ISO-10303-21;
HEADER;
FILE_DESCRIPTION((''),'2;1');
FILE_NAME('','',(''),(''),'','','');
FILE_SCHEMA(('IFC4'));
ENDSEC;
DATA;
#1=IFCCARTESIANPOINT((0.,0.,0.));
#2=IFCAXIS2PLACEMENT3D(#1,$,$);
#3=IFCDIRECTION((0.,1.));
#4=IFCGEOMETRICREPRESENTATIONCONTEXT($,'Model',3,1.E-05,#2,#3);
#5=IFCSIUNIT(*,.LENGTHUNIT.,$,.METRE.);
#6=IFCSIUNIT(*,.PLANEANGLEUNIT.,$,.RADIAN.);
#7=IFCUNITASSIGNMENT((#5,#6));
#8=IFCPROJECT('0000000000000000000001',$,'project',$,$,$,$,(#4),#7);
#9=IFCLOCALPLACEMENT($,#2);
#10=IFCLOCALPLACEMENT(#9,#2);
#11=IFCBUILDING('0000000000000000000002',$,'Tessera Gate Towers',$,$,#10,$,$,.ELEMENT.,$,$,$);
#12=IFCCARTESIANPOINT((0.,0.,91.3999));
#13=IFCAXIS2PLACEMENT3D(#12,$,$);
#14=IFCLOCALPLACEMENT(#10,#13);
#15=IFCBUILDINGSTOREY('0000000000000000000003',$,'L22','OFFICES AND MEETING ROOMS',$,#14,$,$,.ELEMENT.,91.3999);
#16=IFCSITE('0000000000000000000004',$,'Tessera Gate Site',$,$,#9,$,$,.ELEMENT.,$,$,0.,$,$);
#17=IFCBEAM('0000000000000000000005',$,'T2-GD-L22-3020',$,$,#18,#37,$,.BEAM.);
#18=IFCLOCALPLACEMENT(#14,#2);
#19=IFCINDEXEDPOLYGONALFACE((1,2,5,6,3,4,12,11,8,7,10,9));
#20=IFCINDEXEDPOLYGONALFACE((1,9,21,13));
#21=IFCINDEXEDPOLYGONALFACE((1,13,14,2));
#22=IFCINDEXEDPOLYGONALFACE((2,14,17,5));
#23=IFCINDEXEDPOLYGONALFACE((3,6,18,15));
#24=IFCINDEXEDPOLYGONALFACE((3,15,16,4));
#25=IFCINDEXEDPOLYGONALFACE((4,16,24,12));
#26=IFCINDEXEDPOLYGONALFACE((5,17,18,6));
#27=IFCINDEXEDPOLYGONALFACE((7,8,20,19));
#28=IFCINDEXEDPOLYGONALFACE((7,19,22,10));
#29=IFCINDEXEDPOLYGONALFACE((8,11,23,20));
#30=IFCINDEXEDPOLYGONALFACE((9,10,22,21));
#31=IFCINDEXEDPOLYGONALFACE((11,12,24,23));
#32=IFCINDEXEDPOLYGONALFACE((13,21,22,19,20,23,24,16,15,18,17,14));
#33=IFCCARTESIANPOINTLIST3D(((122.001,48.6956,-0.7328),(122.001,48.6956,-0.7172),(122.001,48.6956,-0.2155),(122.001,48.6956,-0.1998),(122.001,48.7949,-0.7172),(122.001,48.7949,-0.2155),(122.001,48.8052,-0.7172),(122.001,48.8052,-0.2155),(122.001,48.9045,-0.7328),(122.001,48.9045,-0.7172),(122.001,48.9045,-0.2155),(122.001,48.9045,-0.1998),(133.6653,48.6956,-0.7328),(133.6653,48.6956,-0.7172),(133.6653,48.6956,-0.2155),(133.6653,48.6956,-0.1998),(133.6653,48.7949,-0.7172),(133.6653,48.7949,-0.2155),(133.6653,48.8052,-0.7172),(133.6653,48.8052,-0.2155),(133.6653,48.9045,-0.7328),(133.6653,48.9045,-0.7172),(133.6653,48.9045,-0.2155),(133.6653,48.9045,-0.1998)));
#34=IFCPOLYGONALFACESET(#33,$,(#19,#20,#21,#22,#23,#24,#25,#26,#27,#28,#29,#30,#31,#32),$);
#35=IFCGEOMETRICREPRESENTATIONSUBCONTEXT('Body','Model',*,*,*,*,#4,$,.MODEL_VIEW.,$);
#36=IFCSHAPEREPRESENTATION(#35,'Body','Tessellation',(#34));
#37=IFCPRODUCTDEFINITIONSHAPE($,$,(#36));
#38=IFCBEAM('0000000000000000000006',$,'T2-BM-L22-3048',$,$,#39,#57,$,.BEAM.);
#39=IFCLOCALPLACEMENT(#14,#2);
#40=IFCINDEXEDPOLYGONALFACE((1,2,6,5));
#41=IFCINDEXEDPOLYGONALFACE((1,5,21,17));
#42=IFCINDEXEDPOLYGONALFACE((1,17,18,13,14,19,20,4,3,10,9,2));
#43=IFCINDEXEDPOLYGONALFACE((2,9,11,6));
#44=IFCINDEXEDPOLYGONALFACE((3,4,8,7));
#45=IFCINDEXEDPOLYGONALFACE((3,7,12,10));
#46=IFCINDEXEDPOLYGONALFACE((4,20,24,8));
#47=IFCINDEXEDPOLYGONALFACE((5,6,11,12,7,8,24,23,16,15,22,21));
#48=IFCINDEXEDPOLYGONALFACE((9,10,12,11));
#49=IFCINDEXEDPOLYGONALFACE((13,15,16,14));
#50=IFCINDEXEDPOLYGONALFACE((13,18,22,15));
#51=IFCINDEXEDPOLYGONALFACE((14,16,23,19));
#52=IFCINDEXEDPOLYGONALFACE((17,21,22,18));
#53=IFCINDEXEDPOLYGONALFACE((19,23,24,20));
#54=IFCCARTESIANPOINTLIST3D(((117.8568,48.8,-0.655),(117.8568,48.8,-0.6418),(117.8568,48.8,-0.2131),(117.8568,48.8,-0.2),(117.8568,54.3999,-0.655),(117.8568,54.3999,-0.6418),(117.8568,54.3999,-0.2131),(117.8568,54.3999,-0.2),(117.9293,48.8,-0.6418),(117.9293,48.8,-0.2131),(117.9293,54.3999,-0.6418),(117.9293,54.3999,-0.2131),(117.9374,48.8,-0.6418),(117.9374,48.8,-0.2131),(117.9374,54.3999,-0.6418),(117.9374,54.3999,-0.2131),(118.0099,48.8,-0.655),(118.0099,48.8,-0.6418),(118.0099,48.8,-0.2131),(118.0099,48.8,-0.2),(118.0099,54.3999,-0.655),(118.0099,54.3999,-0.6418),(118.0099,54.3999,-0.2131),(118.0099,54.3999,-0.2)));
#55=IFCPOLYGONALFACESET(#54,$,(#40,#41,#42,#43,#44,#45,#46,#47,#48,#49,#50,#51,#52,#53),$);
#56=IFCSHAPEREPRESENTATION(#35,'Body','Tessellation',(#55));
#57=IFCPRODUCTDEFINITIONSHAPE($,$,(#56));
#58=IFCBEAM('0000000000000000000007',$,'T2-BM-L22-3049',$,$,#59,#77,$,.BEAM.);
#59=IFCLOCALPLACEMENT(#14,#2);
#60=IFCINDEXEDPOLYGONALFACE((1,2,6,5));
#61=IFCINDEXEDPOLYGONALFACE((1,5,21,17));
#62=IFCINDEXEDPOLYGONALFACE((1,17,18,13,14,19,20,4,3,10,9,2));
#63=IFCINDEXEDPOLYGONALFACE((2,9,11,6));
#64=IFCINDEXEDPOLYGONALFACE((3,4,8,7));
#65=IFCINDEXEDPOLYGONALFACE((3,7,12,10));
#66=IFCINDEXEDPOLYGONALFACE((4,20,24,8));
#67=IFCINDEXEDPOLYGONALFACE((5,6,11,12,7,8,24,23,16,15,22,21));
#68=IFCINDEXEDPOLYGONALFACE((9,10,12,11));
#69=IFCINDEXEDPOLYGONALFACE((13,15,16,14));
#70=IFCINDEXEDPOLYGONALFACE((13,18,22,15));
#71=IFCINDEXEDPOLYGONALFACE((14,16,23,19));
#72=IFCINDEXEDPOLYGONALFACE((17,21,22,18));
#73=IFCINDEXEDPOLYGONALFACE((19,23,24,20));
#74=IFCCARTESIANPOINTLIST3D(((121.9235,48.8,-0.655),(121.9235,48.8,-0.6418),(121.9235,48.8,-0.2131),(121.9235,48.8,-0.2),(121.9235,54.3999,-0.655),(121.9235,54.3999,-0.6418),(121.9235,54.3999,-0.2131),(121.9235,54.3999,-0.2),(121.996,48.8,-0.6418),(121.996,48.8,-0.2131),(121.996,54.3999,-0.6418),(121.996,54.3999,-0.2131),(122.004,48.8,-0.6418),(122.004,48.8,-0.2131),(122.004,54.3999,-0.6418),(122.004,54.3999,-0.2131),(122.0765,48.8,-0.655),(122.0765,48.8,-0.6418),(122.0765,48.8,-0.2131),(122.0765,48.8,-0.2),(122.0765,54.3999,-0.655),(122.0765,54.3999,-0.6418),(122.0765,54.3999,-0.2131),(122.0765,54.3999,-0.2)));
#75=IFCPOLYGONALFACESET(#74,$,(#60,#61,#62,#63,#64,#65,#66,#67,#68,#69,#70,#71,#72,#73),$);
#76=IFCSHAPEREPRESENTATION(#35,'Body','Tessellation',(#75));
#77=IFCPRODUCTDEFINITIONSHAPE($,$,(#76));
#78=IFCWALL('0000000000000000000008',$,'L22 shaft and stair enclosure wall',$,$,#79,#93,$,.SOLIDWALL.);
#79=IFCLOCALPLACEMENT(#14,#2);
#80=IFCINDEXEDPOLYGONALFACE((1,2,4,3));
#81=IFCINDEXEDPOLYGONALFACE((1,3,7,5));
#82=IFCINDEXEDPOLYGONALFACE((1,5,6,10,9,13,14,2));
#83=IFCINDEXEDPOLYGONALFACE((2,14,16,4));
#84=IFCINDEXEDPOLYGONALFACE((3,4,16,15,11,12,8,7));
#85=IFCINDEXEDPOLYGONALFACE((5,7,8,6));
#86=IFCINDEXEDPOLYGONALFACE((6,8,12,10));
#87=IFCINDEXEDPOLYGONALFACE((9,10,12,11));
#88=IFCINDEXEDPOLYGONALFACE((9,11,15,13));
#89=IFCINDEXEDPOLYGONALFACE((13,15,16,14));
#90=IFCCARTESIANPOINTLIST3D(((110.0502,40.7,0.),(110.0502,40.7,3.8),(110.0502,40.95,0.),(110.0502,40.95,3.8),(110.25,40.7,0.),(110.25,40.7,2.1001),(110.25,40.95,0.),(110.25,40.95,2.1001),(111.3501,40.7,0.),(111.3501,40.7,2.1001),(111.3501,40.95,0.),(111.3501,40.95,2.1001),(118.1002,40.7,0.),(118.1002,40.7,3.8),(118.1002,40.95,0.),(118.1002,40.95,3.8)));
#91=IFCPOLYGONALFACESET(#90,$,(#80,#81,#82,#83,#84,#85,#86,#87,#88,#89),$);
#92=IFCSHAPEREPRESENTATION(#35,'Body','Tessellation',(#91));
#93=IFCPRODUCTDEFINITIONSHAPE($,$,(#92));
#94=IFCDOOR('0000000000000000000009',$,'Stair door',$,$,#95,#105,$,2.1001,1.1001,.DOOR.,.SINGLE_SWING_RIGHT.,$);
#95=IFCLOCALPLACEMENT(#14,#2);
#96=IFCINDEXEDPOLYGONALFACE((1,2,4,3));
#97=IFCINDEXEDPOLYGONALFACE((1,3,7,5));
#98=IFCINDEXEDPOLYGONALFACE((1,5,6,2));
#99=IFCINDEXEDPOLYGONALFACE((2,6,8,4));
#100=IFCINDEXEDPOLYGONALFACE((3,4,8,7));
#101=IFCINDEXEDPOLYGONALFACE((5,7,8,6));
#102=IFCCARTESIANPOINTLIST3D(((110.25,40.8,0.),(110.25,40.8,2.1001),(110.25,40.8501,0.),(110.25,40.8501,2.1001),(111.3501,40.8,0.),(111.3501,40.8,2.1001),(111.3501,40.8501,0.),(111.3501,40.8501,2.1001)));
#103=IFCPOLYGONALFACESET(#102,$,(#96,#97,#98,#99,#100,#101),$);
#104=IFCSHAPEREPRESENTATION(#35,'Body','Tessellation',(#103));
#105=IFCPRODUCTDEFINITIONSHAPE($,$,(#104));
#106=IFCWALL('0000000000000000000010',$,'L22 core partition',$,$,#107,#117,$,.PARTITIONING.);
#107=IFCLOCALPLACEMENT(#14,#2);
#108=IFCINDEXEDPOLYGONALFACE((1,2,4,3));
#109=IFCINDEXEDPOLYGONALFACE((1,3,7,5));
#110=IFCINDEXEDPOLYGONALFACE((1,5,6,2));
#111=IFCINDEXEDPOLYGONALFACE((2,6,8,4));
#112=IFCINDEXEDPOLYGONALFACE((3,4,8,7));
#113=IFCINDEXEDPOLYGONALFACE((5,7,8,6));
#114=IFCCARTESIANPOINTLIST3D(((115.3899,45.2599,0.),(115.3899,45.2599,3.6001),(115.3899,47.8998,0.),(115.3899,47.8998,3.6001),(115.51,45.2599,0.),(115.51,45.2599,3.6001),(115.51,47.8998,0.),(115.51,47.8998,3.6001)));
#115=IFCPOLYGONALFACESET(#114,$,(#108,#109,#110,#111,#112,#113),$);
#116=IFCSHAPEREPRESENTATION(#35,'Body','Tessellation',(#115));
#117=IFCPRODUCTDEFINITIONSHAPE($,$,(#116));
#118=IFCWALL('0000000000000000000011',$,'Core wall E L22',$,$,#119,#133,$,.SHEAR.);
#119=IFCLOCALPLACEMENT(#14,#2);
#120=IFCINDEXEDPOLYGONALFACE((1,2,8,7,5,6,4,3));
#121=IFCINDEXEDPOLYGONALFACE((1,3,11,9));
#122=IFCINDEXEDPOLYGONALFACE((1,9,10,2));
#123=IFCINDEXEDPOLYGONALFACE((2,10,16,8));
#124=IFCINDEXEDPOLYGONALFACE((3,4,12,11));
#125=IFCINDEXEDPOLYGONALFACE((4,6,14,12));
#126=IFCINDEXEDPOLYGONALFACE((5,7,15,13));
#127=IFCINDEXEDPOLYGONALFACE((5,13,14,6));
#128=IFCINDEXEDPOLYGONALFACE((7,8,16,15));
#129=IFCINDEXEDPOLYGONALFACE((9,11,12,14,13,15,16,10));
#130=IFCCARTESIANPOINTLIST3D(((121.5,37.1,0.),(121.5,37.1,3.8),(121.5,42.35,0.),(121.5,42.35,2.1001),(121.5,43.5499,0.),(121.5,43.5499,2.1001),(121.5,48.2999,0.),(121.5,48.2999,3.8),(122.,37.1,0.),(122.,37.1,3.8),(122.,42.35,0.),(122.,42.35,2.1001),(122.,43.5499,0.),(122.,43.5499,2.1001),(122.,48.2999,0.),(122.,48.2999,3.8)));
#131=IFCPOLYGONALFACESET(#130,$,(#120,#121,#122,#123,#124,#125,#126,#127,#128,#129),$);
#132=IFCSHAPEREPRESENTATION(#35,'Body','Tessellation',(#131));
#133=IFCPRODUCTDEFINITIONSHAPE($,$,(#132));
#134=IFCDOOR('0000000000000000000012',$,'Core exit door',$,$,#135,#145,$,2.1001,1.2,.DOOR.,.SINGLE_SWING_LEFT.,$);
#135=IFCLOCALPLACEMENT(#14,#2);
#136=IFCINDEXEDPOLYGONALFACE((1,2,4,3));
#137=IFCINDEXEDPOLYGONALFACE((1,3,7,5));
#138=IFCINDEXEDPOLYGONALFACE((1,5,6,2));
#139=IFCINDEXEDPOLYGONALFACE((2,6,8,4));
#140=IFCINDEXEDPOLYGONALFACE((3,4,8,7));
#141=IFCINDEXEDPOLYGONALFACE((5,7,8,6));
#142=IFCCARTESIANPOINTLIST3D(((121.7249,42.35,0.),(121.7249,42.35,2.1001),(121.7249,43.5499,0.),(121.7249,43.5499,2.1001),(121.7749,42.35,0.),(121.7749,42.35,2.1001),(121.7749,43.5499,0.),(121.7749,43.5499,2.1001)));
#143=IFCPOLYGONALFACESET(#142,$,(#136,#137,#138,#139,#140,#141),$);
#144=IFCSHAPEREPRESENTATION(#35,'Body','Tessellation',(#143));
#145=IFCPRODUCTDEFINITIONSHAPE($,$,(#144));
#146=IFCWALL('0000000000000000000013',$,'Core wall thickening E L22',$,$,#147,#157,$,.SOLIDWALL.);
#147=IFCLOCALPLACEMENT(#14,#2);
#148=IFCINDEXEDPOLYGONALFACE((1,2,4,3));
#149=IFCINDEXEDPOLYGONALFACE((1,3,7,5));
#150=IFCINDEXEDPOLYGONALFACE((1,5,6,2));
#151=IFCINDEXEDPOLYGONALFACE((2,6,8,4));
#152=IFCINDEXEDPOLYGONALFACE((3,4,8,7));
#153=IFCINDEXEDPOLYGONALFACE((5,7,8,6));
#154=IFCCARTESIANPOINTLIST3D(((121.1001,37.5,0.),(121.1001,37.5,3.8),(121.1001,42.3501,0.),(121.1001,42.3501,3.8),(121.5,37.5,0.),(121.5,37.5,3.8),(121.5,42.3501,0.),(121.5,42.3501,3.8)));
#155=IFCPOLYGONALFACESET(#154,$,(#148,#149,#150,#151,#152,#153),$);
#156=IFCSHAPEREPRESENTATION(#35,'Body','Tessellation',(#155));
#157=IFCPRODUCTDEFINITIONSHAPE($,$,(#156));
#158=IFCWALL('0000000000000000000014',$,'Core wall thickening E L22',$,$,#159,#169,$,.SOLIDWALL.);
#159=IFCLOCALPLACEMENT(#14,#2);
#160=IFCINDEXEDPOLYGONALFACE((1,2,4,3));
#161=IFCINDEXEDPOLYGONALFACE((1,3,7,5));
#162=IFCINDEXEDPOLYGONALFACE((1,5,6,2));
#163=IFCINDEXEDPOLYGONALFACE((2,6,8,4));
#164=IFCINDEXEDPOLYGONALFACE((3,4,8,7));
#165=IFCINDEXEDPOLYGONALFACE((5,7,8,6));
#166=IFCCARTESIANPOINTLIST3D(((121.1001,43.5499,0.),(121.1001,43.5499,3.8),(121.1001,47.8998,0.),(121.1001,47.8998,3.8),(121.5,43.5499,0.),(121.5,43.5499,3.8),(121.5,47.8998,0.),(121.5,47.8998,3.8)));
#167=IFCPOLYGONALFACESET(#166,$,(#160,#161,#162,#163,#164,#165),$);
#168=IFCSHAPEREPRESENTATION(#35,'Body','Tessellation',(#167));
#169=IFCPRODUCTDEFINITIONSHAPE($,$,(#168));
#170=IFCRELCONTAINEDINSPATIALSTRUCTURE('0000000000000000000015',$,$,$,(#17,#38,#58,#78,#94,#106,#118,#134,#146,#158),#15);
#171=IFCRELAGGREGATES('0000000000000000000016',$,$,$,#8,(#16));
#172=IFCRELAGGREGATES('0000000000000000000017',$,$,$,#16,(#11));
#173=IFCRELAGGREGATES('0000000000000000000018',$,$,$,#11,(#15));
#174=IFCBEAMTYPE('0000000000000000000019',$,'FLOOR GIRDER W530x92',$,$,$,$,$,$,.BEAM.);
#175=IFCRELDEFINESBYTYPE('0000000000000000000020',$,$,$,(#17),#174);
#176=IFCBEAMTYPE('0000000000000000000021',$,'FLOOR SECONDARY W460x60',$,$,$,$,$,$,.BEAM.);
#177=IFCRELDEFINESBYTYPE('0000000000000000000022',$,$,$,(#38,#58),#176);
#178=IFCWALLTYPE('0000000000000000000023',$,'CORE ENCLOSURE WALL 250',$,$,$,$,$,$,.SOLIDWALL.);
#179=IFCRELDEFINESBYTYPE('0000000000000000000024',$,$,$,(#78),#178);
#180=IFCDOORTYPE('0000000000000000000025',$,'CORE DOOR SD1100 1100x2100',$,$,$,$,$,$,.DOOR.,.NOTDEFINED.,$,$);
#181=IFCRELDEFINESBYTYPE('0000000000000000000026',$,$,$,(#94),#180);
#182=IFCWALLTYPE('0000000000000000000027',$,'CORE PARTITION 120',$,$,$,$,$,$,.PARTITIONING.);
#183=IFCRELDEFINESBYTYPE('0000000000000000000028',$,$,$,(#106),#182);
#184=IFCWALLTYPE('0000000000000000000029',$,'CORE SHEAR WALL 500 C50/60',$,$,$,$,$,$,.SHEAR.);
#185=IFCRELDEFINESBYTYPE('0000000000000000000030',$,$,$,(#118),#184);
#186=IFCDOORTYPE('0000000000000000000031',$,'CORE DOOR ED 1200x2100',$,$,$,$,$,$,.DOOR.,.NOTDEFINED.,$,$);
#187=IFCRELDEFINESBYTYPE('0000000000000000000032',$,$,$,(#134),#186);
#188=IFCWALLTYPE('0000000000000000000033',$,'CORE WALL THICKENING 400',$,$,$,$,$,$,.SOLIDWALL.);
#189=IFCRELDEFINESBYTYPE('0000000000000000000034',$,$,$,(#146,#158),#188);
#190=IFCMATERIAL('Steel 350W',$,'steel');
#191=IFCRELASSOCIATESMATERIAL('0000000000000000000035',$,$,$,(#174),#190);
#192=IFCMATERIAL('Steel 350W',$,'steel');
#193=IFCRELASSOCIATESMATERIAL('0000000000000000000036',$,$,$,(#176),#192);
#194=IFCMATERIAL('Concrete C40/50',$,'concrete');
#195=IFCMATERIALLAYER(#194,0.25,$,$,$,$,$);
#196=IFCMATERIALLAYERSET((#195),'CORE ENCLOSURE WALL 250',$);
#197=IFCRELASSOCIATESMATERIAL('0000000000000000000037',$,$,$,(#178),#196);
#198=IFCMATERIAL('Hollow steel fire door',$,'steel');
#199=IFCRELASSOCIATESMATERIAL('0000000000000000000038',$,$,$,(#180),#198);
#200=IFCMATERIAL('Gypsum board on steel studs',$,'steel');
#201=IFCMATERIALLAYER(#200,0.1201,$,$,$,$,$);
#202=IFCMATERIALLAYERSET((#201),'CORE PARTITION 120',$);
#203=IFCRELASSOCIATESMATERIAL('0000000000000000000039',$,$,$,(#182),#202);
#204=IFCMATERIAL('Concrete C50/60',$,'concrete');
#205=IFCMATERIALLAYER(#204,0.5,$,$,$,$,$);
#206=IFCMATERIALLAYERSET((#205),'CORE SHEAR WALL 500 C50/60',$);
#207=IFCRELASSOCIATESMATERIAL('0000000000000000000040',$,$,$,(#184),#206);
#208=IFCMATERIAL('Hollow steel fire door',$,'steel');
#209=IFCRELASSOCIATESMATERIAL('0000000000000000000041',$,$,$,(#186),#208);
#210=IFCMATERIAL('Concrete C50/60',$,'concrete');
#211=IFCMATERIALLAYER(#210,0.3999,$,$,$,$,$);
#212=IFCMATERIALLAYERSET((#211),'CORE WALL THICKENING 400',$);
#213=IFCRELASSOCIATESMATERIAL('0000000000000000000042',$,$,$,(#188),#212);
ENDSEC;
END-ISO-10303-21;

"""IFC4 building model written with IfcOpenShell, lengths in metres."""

from ifc_helpers import new_model, si_unit, direction, frame, frame_2d, origin, origin_2d, place, context, subcontext, project, spatial, rectangle, i_section, extrude, source, transform, mapped, material, layer, layer_set, material_profile, profile_set, type_object, element, fill, save


model = new_model("IFC4")

# Units and contexts
model_context = context("Model", 3, precision=1e-05, world=origin(), true_north=direction((0.0, 1.0)))
body_context = subcontext(model_context, "Body", "Model", "MODEL_VIEW")
ifc_project = project(units=[si_unit("LENGTHUNIT", "METRE"), si_unit("PLANEANGLEUNIT", "RADIAN")], contexts=[model_context])

# Site, building, storey
site_placement = place(None, origin())
site = spatial("IfcSite", under=ifc_project, at=site_placement, Name="Tessera Gate Site", CompositionType="ELEMENT", RefElevation=0.0)
building_placement = place(site_placement, origin())
building = spatial("IfcBuilding", under=site, at=building_placement, Name="Tessera Gate Towers", CompositionType="ELEMENT")
storey_placement = place(building_placement, frame((0.0, 0.0, 91.3999)))
storey = spatial("IfcBuildingStorey", under=building, at=storey_placement, Name="L22", Description="OFFICES AND MEETING ROOMS", CompositionType="ELEMENT", Elevation=91.3999)

# Beams
ifc_material_1 = material(Name="Steel 350W", Category="steel")
ifc_material_profile_1 = material_profile(ifc_material_1, i_section(OverallWidth=0.209, OverallDepth=0.533, WebThickness=0.0103, FlangeThickness=0.0156, at=origin_2d()), Name="W530x92")
ifc_profile_set_1 = profile_set([ifc_material_profile_1], Name="Steel 350W")
beam_type_1 = type_object("IfcBeamType", Name="FLOOR GIRDER W530x92", PredefinedType="BEAM", material=ifc_profile_set_1)
beam_placement = place(storey_placement, frame((122.001, 48.8, -0.4663), z_axis=(1.0, 0.0, 0.0), x_axis=(0.0, 1.0, 0.0)))
element("IfcBeam", 1, at=beam_placement, inside=storey, type_object=beam_type_1, Name="T2-GD-L22-3020", PredefinedType="BEAM", context=body_context, shape_type="SweptSolid", body=[
    extrude(i_section(OverallWidth=0.209, OverallDepth=0.533, WebThickness=0.0103, FlangeThickness=0.0156, at=origin_2d()), origin(), (0.0, 0.0, 1.0), 11.6643),
])
ifc_material_2 = material(Name="Steel 350W", Category="steel")
ifc_material_profile_2 = material_profile(ifc_material_2, i_section(OverallWidth=0.1531, OverallDepth=0.4551, WebThickness=0.0081, FlangeThickness=0.0132, at=origin_2d()), Name="W460x60")
ifc_profile_set_2 = profile_set([ifc_material_profile_2], Name="Steel 350W")
beam_type_2 = type_object("IfcBeamType", Name="FLOOR SECONDARY W460x60", PredefinedType="BEAM", material=ifc_profile_set_2)
for number, where, z_axis, x_axis, name in (
    (2, (117.9333, 48.8, -0.4275), (0.0, 1.0, 0.0), (-1.0, 0.0, 0.0), "T2-BM-L22-3048"),
    (3, (122.0, 48.8, -0.4275), (0.0, 1.0, 0.0), (-1.0, 0.0, 0.0), "T2-BM-L22-3049"),
):
    element("IfcBeam", number, at=place(storey_placement, frame(where, z_axis=z_axis, x_axis=x_axis)), inside=storey, type_object=beam_type_2, Name=name, PredefinedType="BEAM", context=body_context, shape_type="SweptSolid", body=[
        extrude(i_section(OverallWidth=0.1531, OverallDepth=0.4551, WebThickness=0.0081, FlangeThickness=0.0132, at=origin_2d()), origin(), (0.0, 0.0, 1.0), 5.5999),
    ])

# Wall, opening, door
ifc_material_3 = material(Name="Concrete C40/50", Category="concrete")
ifc_layer_1 = layer(ifc_material_3, 0.25)
ifc_layer_set_1 = layer_set([ifc_layer_1], Name="CORE ENCLOSURE WALL 250")
wall_type_1 = type_object("IfcWallType", Name="CORE ENCLOSURE WALL 250", PredefinedType="SOLIDWALL", material=ifc_layer_set_1)
wall_1_placement = place(storey_placement, frame((118.1001, 40.825, 0.0), z_axis=(0.0, 0.0, 1.0), x_axis=(-1.0, 0.0, 0.0)))
wall_1 = element("IfcWall", 4, at=wall_1_placement, inside=storey, type_object=wall_type_1, Name="L22 shaft and stair enclosure wall", PredefinedType="SOLIDWALL", context=body_context, shape_type="SweptSolid", body=[
    extrude(rectangle(XDim=8.05, YDim=0.25, at=frame_2d((4.0249, 0.0))), origin(), (0.0, 0.0, 1.0), 3.8),
])
shared_shape_1 = source(origin(), body_context, "Body", "SweptSolid", [
    extrude(rectangle(XDim=1.1001, YDim=2.1001, at=frame_2d((0.55, 1.05))), frame((0.0, 0.135, 0.0), z_axis=(0.0, -1.0, 0.0), x_axis=(1.0, 0.0, 0.0)), (0.0, 0.0, 1.0), 0.27),
])
opening_1_placement = place(wall_1_placement, frame((6.75, 0.0, 0.0)))
opening_1 = element("IfcOpeningElement", 5, at=opening_1_placement, cuts=wall_1, PredefinedType="OPENING", context=body_context, shape_type="MappedRepresentation", body=[
    mapped(shared_shape_1, transform((0.0, 0.0, 0.0), scale=1.0)),
])
ifc_material_4 = material(Name="Hollow steel fire door", Category="steel")
door_type_1 = type_object("IfcDoorType", Name="CORE DOOR SD1100 1100x2100", OperationType="NOTDEFINED", PredefinedType="DOOR", material=ifc_material_4)
shared_shape_2 = source(origin(), body_context, "Body", "SweptSolid", [
    extrude(rectangle(XDim=1.1001, YDim=2.1001, at=frame_2d((0.55, 1.05))), frame((0.0, 0.0249, 0.0), z_axis=(0.0, -1.0, 0.0), x_axis=(1.0, 0.0, 0.0)), (0.0, 0.0, 1.0), 0.05),
])
door_1_placement = place(opening_1_placement, origin())
door_1 = element("IfcDoor", 6, at=door_1_placement, inside=storey, type_object=door_type_1, Name="Stair door", OperationType="SINGLE_SWING_RIGHT", OverallHeight=2.1001, OverallWidth=1.1001, PredefinedType="DOOR", context=body_context, shape_type="MappedRepresentation", body=[
    mapped(shared_shape_2, transform((0.0, 0.0, 0.0), scale=1.0)),
])
fill(opening_1, door_1)

# Wall
ifc_material_5 = material(Name="Gypsum board on steel studs", Category="steel")
ifc_layer_2 = layer(ifc_material_5, 0.1201)
ifc_layer_set_2 = layer_set([ifc_layer_2], Name="CORE PARTITION 120")
wall_type_2 = type_object("IfcWallType", Name="CORE PARTITION 120", PredefinedType="PARTITIONING", material=ifc_layer_set_2)
wall_2_placement = place(storey_placement, frame((115.45, 45.26, 0.0), z_axis=(0.0, 0.0, 1.0), x_axis=(0.0, 1.0, 0.0)))
element("IfcWall", 7, at=wall_2_placement, inside=storey, type_object=wall_type_2, Name="L22 core partition", PredefinedType="PARTITIONING", context=body_context, shape_type="SweptSolid", body=[
    extrude(rectangle(XDim=2.6399, YDim=0.1201, at=frame_2d((1.3198, 0.0))), origin(), (0.0, 0.0, 1.0), 3.6001),
])

# Wall, opening, door
ifc_material_6 = material(Name="Concrete C50/60", Category="concrete")
ifc_layer_3 = layer(ifc_material_6, 0.5)
ifc_layer_set_3 = layer_set([ifc_layer_3], Name="CORE SHEAR WALL 500 C50/60")
wall_type_3 = type_object("IfcWallType", Name="CORE SHEAR WALL 500 C50/60", PredefinedType="SHEAR", material=ifc_layer_set_3)
wall_3_placement = place(storey_placement, frame((121.75, 48.3, 0.0), z_axis=(0.0, 0.0, 1.0), x_axis=(0.0, -1.0, 0.0)))
wall_3 = element("IfcWall", 8, at=wall_3_placement, inside=storey, type_object=wall_type_3, Name="Core wall E L22", PredefinedType="SHEAR", context=body_context, shape_type="SweptSolid", body=[
    extrude(rectangle(XDim=11.2, YDim=0.5, at=frame_2d((5.6001, 0.0))), origin(), (0.0, 0.0, 1.0), 3.8),
])
shared_shape_3 = source(origin(), body_context, "Body", "SweptSolid", [
    extrude(rectangle(XDim=1.2, YDim=2.1001, at=frame_2d((0.6001, 1.05))), frame((0.0, 0.26, 0.0), z_axis=(0.0, -1.0, 0.0), x_axis=(1.0, 0.0, 0.0)), (0.0, 0.0, 1.0), 0.52),
])
opening_2_placement = place(wall_3_placement, frame((4.75, 0.0, 0.0)))
opening_2 = element("IfcOpeningElement", 9, at=opening_2_placement, cuts=wall_3, PredefinedType="OPENING", context=body_context, shape_type="MappedRepresentation", body=[
    mapped(shared_shape_3, transform((0.0, 0.0, 0.0), scale=1.0)),
])
ifc_material_7 = material(Name="Hollow steel fire door", Category="steel")
door_type_2 = type_object("IfcDoorType", Name="CORE DOOR ED 1200x2100", OperationType="NOTDEFINED", PredefinedType="DOOR", material=ifc_material_7)
shared_shape_4 = source(origin(), body_context, "Body", "SweptSolid", [
    extrude(rectangle(XDim=1.2, YDim=2.1001, at=frame_2d((0.6001, 1.05))), frame((0.0, 0.0249, 0.0), z_axis=(0.0, -1.0, 0.0), x_axis=(1.0, 0.0, 0.0)), (0.0, 0.0, 1.0), 0.05),
])
door_2_placement = place(opening_2_placement, origin())
door_2 = element("IfcDoor", 10, at=door_2_placement, inside=storey, type_object=door_type_2, Name="Core exit door", OperationType="SINGLE_SWING_LEFT", OverallHeight=2.1001, OverallWidth=1.2, PredefinedType="DOOR", context=body_context, shape_type="MappedRepresentation", body=[
    mapped(shared_shape_4, transform((0.0, 0.0, 0.0), scale=1.0)),
])
fill(opening_2, door_2)

# Walls
ifc_material_8 = material(Name="Concrete C50/60", Category="concrete")
ifc_layer_4 = layer(ifc_material_8, 0.3999)
ifc_layer_set_4 = layer_set([ifc_layer_4], Name="CORE WALL THICKENING 400")
wall_type_4 = type_object("IfcWallType", Name="CORE WALL THICKENING 400", PredefinedType="SOLIDWALL", material=ifc_layer_set_4)
wall_4_placement = place(storey_placement, frame((121.3, 37.5, 0.0), z_axis=(0.0, 0.0, 1.0), x_axis=(0.0, 1.0, 0.0)))
element("IfcWall", 11, at=wall_4_placement, inside=storey, type_object=wall_type_4, Name="Core wall thickening E L22", PredefinedType="SOLIDWALL", context=body_context, shape_type="SweptSolid", body=[
    extrude(rectangle(XDim=4.8501, YDim=0.3999, at=frame_2d((2.425, 0.0))), origin(), (0.0, 0.0, 1.0), 3.8),
])
wall_5_placement = place(storey_placement, frame((121.3, 43.55, 0.0), z_axis=(0.0, 0.0, 1.0), x_axis=(0.0, 1.0, 0.0)))
element("IfcWall", 12, at=wall_5_placement, inside=storey, type_object=wall_type_4, Name="Core wall thickening E L22", PredefinedType="SOLIDWALL", context=body_context, shape_type="SweptSolid", body=[
    extrude(rectangle(XDim=4.3499, YDim=0.3999, at=frame_2d((2.1748, 0.0))), origin(), (0.0, 0.0, 1.0), 3.8),
])

save(model, "model.ifc")
